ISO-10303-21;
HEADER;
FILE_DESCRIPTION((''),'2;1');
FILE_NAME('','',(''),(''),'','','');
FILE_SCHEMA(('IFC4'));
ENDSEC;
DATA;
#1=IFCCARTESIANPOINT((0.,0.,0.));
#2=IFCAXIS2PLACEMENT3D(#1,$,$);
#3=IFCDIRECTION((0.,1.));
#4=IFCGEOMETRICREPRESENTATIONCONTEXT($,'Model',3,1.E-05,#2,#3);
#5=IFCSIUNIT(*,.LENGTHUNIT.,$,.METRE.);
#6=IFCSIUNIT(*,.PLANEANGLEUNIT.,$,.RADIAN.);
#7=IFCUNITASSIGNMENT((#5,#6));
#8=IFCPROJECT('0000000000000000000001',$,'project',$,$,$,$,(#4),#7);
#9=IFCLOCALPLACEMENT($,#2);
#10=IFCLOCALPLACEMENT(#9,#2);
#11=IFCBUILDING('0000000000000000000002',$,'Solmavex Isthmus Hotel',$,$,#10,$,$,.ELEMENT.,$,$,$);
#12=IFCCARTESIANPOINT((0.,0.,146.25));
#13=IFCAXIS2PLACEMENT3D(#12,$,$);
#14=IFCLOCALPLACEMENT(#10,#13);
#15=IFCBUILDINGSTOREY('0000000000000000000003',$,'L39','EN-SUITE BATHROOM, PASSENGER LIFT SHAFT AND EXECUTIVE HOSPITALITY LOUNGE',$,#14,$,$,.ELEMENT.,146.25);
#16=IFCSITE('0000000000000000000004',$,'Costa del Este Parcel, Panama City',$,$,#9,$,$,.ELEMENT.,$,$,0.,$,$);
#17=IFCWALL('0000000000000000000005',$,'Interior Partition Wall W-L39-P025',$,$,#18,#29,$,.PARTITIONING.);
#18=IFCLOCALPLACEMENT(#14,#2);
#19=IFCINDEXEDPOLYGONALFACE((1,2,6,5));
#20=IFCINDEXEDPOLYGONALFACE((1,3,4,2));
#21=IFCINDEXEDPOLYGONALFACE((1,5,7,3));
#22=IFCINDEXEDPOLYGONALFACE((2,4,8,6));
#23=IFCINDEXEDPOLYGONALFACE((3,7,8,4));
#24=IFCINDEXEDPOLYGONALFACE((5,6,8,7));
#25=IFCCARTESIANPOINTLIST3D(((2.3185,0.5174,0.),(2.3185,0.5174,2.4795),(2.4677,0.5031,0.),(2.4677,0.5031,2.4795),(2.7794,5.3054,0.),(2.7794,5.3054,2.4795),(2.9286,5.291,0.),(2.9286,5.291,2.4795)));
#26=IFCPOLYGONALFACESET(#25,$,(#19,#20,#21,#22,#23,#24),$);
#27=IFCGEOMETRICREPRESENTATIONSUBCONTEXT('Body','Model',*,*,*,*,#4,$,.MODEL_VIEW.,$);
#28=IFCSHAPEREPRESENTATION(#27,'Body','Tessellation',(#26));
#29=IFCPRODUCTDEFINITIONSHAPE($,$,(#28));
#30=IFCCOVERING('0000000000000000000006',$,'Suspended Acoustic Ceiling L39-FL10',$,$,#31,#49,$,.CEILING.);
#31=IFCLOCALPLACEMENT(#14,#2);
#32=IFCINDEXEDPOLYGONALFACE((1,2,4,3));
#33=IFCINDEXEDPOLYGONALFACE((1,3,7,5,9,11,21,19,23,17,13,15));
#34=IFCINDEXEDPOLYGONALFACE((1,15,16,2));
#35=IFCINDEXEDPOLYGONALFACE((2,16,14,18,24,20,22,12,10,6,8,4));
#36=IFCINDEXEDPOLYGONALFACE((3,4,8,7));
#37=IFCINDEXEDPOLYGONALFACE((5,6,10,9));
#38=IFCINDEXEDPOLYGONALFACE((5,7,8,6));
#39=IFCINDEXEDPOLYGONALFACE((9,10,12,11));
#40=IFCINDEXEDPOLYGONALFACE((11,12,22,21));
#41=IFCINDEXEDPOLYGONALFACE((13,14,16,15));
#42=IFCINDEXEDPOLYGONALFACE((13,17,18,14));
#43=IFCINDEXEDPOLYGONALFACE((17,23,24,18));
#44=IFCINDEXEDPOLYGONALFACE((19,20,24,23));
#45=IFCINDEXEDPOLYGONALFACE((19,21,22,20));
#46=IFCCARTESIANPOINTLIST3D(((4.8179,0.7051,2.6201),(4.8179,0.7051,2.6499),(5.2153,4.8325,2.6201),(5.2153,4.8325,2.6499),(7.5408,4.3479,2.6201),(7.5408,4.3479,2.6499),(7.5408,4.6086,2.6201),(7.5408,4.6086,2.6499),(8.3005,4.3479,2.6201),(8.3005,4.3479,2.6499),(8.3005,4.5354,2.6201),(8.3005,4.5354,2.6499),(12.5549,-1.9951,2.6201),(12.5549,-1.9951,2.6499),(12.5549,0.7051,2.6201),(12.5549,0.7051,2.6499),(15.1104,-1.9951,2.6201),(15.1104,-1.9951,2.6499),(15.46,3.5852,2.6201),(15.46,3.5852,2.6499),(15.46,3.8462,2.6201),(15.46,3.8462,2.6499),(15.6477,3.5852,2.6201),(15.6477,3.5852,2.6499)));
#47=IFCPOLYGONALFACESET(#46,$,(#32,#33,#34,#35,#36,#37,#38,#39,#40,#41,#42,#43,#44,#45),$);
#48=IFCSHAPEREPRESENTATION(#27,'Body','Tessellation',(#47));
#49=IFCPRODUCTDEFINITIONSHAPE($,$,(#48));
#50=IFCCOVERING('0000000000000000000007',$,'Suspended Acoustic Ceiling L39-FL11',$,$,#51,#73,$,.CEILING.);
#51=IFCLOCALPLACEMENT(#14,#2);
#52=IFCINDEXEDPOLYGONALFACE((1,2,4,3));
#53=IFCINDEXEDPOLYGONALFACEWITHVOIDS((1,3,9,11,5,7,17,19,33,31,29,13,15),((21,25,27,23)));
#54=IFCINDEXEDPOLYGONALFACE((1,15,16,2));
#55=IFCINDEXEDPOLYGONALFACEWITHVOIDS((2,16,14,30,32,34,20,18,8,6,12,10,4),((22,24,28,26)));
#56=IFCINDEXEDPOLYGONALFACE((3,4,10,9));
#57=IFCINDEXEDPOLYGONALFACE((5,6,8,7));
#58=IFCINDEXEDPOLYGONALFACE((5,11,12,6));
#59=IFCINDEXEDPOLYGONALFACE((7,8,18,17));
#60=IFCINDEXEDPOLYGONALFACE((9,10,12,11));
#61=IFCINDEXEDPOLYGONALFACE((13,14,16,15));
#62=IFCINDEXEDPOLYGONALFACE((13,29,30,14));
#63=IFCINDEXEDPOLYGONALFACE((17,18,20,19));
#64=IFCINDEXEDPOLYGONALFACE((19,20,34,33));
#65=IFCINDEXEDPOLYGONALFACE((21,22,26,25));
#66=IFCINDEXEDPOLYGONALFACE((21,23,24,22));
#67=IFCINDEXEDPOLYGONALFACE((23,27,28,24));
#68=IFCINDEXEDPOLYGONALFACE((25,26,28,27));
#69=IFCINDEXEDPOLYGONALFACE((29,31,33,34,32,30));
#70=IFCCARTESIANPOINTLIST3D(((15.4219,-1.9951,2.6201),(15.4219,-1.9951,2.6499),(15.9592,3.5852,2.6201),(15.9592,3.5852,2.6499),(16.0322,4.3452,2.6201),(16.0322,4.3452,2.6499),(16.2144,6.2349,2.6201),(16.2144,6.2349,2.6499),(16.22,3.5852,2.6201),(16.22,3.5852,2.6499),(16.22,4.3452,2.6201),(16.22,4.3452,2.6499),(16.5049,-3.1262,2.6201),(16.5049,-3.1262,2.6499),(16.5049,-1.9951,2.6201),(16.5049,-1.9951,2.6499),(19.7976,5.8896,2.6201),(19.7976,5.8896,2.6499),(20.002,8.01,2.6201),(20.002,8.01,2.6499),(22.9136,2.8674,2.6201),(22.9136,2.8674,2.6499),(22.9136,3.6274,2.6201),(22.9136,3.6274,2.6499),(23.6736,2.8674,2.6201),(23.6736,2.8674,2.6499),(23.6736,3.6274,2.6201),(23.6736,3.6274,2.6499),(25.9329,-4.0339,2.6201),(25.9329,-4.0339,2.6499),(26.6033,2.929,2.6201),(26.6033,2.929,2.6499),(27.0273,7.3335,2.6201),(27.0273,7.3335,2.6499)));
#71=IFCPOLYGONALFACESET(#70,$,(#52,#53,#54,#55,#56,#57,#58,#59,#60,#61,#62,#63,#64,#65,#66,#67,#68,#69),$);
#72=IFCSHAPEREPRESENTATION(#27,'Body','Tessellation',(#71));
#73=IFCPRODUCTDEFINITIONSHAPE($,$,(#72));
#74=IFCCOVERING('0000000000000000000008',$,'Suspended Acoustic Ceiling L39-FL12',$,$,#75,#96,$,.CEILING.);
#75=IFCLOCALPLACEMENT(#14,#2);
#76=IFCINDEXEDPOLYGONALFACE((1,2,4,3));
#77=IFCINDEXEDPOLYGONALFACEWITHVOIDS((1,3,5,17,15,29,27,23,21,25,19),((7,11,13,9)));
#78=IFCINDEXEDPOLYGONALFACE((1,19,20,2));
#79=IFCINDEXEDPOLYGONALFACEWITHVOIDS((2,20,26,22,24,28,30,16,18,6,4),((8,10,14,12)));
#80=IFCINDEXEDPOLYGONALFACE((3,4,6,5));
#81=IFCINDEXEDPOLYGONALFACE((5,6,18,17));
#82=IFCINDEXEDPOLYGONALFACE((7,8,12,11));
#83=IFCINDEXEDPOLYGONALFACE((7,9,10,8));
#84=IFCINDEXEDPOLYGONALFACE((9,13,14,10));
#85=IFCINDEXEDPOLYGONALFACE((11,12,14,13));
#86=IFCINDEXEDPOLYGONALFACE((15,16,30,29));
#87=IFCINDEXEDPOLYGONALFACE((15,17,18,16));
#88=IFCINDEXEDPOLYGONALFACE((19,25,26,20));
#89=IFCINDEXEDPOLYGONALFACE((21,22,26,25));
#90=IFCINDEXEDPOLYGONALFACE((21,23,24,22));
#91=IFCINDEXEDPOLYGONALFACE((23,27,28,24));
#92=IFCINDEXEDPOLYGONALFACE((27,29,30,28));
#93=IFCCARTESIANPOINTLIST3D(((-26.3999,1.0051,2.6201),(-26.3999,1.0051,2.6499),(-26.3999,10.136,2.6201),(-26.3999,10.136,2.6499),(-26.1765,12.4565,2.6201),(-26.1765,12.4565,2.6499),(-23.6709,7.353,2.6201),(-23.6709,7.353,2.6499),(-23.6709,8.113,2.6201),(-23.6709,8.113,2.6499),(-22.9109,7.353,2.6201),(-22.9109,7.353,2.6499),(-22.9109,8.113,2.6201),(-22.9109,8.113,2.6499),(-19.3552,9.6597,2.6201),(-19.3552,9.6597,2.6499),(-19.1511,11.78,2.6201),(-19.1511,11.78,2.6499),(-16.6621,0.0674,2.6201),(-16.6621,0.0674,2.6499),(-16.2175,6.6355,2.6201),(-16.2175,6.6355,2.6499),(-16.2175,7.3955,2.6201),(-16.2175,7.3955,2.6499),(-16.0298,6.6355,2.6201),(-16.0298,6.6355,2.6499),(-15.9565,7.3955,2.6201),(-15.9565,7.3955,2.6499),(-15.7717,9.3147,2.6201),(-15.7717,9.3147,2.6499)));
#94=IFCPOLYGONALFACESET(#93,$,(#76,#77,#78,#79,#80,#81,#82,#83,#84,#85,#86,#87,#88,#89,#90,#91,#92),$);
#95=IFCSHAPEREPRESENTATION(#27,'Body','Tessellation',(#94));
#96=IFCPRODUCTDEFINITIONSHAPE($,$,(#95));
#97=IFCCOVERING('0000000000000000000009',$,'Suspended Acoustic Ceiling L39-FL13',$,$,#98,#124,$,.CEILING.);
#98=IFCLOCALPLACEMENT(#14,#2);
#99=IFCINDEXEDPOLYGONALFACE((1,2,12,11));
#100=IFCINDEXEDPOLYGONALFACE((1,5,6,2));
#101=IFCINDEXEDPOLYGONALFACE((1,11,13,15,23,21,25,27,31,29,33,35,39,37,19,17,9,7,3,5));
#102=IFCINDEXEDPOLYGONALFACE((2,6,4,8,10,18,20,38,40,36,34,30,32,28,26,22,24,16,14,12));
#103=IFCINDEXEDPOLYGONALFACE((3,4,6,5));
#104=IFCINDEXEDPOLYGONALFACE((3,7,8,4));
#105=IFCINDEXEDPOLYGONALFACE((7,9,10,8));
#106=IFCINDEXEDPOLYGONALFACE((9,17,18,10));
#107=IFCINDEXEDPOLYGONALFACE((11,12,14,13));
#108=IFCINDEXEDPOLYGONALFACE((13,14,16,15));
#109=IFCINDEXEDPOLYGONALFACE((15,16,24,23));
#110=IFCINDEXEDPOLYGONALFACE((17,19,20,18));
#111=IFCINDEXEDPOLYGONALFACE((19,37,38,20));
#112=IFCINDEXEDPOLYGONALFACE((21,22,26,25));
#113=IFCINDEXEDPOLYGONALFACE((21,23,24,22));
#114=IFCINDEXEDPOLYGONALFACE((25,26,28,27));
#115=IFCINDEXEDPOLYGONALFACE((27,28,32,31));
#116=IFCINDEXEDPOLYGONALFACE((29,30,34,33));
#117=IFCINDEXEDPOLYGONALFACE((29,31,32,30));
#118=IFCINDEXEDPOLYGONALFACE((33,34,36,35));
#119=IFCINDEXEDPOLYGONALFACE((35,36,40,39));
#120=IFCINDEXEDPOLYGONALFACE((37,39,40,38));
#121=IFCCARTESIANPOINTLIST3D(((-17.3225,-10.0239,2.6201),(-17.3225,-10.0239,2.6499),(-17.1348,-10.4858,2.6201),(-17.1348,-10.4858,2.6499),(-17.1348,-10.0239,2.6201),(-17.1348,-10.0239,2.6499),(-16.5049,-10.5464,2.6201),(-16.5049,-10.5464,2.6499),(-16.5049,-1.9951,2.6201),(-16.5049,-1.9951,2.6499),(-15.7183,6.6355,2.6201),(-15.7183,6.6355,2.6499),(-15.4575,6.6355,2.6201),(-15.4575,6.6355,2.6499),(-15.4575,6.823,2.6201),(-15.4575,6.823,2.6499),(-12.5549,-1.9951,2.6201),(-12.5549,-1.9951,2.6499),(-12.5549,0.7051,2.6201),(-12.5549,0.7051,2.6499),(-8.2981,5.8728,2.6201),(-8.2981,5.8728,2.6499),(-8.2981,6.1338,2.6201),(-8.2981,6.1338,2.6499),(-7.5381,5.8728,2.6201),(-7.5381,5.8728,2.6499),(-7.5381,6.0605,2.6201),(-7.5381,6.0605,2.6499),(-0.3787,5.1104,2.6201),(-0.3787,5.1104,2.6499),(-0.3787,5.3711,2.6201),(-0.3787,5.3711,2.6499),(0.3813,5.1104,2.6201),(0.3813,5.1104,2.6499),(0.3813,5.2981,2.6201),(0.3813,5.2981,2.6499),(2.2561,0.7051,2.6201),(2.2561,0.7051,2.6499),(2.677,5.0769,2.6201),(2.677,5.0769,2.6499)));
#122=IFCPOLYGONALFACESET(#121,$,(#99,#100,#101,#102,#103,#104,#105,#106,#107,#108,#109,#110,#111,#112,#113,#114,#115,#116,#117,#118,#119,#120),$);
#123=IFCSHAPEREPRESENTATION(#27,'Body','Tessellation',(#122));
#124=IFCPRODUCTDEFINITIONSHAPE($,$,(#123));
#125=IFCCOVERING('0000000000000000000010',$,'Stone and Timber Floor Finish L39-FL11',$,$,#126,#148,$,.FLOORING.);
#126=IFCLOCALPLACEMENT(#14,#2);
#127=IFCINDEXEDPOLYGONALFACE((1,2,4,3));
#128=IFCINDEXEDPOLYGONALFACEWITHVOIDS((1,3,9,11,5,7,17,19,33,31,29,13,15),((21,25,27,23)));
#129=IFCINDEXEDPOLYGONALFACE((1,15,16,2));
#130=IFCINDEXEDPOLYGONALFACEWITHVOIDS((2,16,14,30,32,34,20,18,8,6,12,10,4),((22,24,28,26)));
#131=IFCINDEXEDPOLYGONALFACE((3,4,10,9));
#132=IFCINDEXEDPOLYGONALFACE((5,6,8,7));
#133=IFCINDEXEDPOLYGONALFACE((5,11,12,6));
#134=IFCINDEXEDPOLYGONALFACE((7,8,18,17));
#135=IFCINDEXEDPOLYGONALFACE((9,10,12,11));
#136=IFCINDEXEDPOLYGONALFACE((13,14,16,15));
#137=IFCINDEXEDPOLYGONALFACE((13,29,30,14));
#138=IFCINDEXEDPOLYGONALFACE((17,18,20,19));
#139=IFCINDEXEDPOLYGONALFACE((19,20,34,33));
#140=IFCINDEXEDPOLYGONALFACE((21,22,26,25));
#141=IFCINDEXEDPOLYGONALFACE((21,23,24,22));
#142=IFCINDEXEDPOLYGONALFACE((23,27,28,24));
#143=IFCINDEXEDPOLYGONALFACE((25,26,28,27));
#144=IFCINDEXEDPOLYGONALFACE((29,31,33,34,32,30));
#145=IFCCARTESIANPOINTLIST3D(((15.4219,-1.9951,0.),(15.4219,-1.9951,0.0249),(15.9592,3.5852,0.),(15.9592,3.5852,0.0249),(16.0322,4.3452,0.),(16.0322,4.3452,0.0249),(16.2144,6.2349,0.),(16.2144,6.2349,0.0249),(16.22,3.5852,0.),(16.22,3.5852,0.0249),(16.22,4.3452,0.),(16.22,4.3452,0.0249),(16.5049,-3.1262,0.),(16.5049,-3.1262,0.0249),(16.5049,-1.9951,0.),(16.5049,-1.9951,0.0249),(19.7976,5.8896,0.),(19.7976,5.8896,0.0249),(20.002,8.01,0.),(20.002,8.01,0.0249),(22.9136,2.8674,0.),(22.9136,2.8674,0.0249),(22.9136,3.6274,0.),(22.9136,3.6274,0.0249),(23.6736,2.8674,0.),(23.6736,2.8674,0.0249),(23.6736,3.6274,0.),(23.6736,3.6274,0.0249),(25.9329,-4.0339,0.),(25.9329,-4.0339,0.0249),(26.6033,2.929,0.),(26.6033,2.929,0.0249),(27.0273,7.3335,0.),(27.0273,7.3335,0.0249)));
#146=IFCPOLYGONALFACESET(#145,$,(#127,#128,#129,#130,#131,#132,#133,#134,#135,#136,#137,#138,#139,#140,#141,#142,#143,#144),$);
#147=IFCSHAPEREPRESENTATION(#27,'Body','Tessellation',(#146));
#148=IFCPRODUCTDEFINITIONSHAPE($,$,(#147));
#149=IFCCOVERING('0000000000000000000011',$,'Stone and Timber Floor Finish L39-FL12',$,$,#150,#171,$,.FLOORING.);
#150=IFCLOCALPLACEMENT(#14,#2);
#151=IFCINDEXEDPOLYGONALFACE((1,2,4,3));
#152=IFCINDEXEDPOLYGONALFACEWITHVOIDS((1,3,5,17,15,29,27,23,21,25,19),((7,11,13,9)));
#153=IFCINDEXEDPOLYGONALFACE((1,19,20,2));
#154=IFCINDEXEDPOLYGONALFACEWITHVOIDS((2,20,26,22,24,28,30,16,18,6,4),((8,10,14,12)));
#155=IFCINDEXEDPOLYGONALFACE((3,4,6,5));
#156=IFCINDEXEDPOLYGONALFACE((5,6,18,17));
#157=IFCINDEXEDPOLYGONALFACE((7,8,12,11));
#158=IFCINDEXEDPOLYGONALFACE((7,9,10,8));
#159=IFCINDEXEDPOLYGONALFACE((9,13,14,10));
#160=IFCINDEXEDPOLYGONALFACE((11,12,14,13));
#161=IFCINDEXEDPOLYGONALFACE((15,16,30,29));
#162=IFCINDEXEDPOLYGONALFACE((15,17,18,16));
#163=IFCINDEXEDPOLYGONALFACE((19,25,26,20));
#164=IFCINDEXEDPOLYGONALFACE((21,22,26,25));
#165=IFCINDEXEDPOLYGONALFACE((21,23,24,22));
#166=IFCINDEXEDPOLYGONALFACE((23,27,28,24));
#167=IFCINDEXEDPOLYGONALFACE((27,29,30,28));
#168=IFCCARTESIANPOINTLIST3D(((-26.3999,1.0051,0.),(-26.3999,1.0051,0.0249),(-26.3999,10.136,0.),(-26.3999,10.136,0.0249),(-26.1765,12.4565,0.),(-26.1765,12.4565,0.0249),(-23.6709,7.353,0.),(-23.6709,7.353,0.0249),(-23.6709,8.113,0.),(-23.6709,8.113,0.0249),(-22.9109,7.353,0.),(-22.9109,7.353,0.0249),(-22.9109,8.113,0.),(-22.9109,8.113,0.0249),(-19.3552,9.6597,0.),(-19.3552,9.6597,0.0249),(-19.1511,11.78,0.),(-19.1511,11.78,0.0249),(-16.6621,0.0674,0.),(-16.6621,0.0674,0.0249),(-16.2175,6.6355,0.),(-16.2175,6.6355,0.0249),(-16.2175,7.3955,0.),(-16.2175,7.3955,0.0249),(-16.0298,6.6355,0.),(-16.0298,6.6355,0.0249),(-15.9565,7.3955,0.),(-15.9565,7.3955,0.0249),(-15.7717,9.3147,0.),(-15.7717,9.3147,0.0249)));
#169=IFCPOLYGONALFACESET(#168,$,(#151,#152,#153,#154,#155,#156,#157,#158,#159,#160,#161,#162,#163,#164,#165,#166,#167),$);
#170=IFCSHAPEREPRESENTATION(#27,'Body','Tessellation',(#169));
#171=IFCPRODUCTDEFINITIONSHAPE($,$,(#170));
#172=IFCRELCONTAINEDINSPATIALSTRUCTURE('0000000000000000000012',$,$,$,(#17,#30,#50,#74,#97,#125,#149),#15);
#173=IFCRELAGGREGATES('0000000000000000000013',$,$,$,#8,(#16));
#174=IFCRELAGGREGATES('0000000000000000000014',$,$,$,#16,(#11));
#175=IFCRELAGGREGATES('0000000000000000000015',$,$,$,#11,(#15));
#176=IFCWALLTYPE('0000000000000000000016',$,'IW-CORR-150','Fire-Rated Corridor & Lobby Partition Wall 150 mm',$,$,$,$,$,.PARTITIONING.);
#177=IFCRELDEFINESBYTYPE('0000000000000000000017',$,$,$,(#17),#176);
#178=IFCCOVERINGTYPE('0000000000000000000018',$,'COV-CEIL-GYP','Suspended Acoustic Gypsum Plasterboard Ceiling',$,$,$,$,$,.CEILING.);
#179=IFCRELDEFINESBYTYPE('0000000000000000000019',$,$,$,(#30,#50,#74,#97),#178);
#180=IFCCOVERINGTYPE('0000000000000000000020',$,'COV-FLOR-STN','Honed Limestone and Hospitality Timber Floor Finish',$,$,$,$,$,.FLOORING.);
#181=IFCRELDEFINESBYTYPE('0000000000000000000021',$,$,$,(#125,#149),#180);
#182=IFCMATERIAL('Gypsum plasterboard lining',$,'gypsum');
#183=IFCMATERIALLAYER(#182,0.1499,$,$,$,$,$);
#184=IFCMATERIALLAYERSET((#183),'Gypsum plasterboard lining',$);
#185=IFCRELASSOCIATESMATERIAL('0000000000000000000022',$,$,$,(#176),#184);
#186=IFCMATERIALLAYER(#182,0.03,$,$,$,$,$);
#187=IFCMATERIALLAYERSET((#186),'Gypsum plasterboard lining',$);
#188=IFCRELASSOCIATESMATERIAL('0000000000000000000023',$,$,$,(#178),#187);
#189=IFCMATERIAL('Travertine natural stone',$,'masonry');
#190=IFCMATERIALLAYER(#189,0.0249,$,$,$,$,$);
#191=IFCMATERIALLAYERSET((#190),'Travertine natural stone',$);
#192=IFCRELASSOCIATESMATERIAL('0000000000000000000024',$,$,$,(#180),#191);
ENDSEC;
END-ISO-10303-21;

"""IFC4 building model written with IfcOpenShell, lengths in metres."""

from ifc_helpers import new_model, si_unit, direction, frame, frame_2d, origin, place, context, subcontext, project, spatial, polyline, rectangle, outline, extrude, material, layer, layer_set, type_object, element, save


model = new_model("IFC4")

# Units and contexts
model_context = context("Model", 3, precision=1e-05, world=origin(), true_north=direction((0.0, 1.0)))
body_context = subcontext(model_context, "Body", "Model", "MODEL_VIEW")
ifc_project = project(units=[si_unit("LENGTHUNIT", "METRE"), si_unit("PLANEANGLEUNIT", "RADIAN")], contexts=[model_context])

# Site, building, storey
site_placement = place(None, origin())
site = spatial("IfcSite", under=ifc_project, at=site_placement, Name="Costa del Este Parcel, Panama City", CompositionType="ELEMENT", RefElevation=0.0)
building_placement = place(site_placement, origin())
building = spatial("IfcBuilding", under=site, at=building_placement, Name="Solmavex Isthmus Hotel", CompositionType="ELEMENT")
storey_placement = place(building_placement, frame((0.0, 0.0, 146.25)))
storey = spatial("IfcBuildingStorey", under=building, at=storey_placement, Name="L39", Description="EN-SUITE BATHROOM, PASSENGER LIFT SHAFT AND EXECUTIVE HOSPITALITY LOUNGE", CompositionType="ELEMENT", Elevation=146.25)

# Shared definitions
ifc_material_1 = material(Name="Gypsum plasterboard lining", Category="gypsum")
ifc_layer_1 = layer(ifc_material_1, 0.1499)
ifc_layer_set_1 = layer_set([ifc_layer_1], Name="Gypsum plasterboard lining")
wall_type_1 = type_object("IfcWallType", Name="IW-CORR-150", Description="Fire-Rated Corridor & Lobby Partition Wall 150 mm", PredefinedType="PARTITIONING", material=ifc_layer_set_1)

# Wall
wall_1_placement = place(storey_placement, frame((2.3931, 0.5103, 0.0), z_axis=(0.0, 0.0, 1.0), x_axis=(0.095829, 0.995398, 0.0)))
element("IfcWall", 1, at=wall_1_placement, inside=storey, type_object=wall_type_1, Name="Interior Partition Wall W-L39-P025", PredefinedType="PARTITIONING", context=body_context, shape_type="SweptSolid", body=[
    extrude(rectangle(XDim=4.8101, YDim=0.1499, at=frame_2d((2.405, 0.0))), origin(), (0.0, 0.0, 1.0), 2.4795),
])

# Coverings
ifc_layer_2 = layer(ifc_material_1, 0.03)
ifc_layer_set_2 = layer_set([ifc_layer_2], Name="Gypsum plasterboard lining")
covering_type_1 = type_object("IfcCoveringType", Name="COV-CEIL-GYP", Description="Suspended Acoustic Gypsum Plasterboard Ceiling", PredefinedType="CEILING", material=ifc_layer_set_2)
covering_1_placement = place(storey_placement, frame((0.0, 0.0, 2.6201)))
element("IfcCovering", 2, at=covering_1_placement, inside=storey, type_object=covering_type_1, Name="Suspended Acoustic Ceiling L39-FL10", PredefinedType="CEILING", context=body_context, shape_type="SweptSolid", body=[
    extrude(outline(polyline([(8.3005, 4.5354), (8.3005, 4.3479), (7.5408, 4.3479), (7.5408, 4.6086), (5.2153, 4.8325), (4.8179, 0.7051), (12.5549, 0.7051), (12.5549, -1.9951), (15.1104, -1.9951), (15.6477, 3.5852), (15.46, 3.5852), (15.46, 3.8462), (8.3005, 4.5354)])), origin(), (0.0, 0.0, 1.0), 0.0298),
])
covering_2_placement = place(storey_placement, frame((0.0, 0.0, 2.6201)))
element("IfcCovering", 3, at=covering_2_placement, inside=storey, type_object=covering_type_1, Name="Suspended Acoustic Ceiling L39-FL11", PredefinedType="CEILING", context=body_context, shape_type="SweptSolid", body=[
    extrude(outline(polyline([(16.0322, 4.3452), (16.22, 4.3452), (16.22, 3.5852), (15.9592, 3.5852), (15.4219, -1.9951), (16.5049, -1.9951), (16.5049, -3.1262), (25.9329, -4.0339), (26.6033, 2.929), (27.0273, 7.3335), (20.002, 8.01), (19.7976, 5.8896), (16.2144, 6.2349), (16.0322, 4.3452)]), holes=[polyline([(22.9136, 2.8674), (22.9136, 3.6274), (23.6736, 3.6274), (23.6736, 2.8674), (22.9136, 2.8674)])]), origin(), (0.0, 0.0, 1.0), 0.0298),
])
covering_3_placement = place(storey_placement, frame((0.0, 0.0, 2.6201)))
element("IfcCovering", 4, at=covering_3_placement, inside=storey, type_object=covering_type_1, Name="Suspended Acoustic Ceiling L39-FL12", PredefinedType="CEILING", context=body_context, shape_type="SweptSolid", body=[
    extrude(outline(polyline([(-16.0298, 6.6355), (-16.2175, 6.6355), (-16.2175, 7.3955), (-15.9565, 7.3955), (-15.7717, 9.3147), (-19.3552, 9.6597), (-19.1511, 11.78), (-26.1765, 12.4565), (-26.3999, 10.136), (-26.3999, 1.0051), (-16.6621, 0.0674), (-16.0298, 6.6355)]), holes=[polyline([(-23.6709, 7.353), (-23.6709, 8.113), (-22.9109, 8.113), (-22.9109, 7.353), (-23.6709, 7.353)])]), origin(), (0.0, 0.0, 1.0), 0.0298),
])
covering_4_placement = place(storey_placement, frame((0.0, 0.0, 2.6201)))
element("IfcCovering", 5, at=covering_4_placement, inside=storey, type_object=covering_type_1, Name="Suspended Acoustic Ceiling L39-FL13", PredefinedType="CEILING", context=body_context, shape_type="SweptSolid", body=[
    extrude(outline(polyline([(-17.3225, -10.0239), (-17.1348, -10.0239), (-17.1348, -10.4858), (-16.5049, -10.5464), (-16.5049, -1.9951), (-12.5549, -1.9951), (-12.5549, 0.7051), (2.2561, 0.7051), (2.677, 5.0769), (0.3813, 5.2981), (0.3813, 5.1104), (-0.3787, 5.1104), (-0.3787, 5.3711), (-7.5381, 6.0605), (-7.5381, 5.8728), (-8.2981, 5.8728), (-8.2981, 6.1338), (-15.4575, 6.823), (-15.4575, 6.6355), (-15.7183, 6.6355), (-17.3225, -10.0239)])), origin(), (0.0, 0.0, 1.0), 0.0298),
])
ifc_material_2 = material(Name="Travertine natural stone", Category="masonry")
ifc_layer_3 = layer(ifc_material_2, 0.0249)
ifc_layer_set_3 = layer_set([ifc_layer_3], Name="Travertine natural stone")
covering_type_2 = type_object("IfcCoveringType", Name="COV-FLOR-STN", Description="Honed Limestone and Hospitality Timber Floor Finish", PredefinedType="FLOORING", material=ifc_layer_set_3)
covering_5_placement = place(storey_placement, origin())
element("IfcCovering", 6, at=covering_5_placement, inside=storey, type_object=covering_type_2, Name="Stone and Timber Floor Finish L39-FL11", PredefinedType="FLOORING", context=body_context, shape_type="SweptSolid", body=[
    extrude(outline(polyline([(16.0322, 4.3452), (16.22, 4.3452), (16.22, 3.5852), (15.9592, 3.5852), (15.4219, -1.9951), (16.5049, -1.9951), (16.5049, -3.1262), (25.9329, -4.0339), (26.6033, 2.929), (27.0273, 7.3335), (20.002, 8.01), (19.7976, 5.8896), (16.2144, 6.2349), (16.0322, 4.3452)]), holes=[polyline([(22.9136, 2.8674), (22.9136, 3.6274), (23.6736, 3.6274), (23.6736, 2.8674), (22.9136, 2.8674)])]), origin(), (0.0, 0.0, 1.0), 0.0249),
])
covering_6_placement = place(storey_placement, origin())
element("IfcCovering", 7, at=covering_6_placement, inside=storey, type_object=covering_type_2, Name="Stone and Timber Floor Finish L39-FL12", PredefinedType="FLOORING", context=body_context, shape_type="SweptSolid", body=[
    extrude(outline(polyline([(-16.0298, 6.6355), (-16.2175, 6.6355), (-16.2175, 7.3955), (-15.9565, 7.3955), (-15.7717, 9.3147), (-19.3552, 9.6597), (-19.1511, 11.78), (-26.1765, 12.4565), (-26.3999, 10.136), (-26.3999, 1.0051), (-16.6621, 0.0674), (-16.0298, 6.6355)]), holes=[polyline([(-23.6709, 7.353), (-23.6709, 8.113), (-22.9109, 8.113), (-22.9109, 7.353), (-23.6709, 7.353)])]), origin(), (0.0, 0.0, 1.0), 0.0249),
])

save(model, "model.ifc")
